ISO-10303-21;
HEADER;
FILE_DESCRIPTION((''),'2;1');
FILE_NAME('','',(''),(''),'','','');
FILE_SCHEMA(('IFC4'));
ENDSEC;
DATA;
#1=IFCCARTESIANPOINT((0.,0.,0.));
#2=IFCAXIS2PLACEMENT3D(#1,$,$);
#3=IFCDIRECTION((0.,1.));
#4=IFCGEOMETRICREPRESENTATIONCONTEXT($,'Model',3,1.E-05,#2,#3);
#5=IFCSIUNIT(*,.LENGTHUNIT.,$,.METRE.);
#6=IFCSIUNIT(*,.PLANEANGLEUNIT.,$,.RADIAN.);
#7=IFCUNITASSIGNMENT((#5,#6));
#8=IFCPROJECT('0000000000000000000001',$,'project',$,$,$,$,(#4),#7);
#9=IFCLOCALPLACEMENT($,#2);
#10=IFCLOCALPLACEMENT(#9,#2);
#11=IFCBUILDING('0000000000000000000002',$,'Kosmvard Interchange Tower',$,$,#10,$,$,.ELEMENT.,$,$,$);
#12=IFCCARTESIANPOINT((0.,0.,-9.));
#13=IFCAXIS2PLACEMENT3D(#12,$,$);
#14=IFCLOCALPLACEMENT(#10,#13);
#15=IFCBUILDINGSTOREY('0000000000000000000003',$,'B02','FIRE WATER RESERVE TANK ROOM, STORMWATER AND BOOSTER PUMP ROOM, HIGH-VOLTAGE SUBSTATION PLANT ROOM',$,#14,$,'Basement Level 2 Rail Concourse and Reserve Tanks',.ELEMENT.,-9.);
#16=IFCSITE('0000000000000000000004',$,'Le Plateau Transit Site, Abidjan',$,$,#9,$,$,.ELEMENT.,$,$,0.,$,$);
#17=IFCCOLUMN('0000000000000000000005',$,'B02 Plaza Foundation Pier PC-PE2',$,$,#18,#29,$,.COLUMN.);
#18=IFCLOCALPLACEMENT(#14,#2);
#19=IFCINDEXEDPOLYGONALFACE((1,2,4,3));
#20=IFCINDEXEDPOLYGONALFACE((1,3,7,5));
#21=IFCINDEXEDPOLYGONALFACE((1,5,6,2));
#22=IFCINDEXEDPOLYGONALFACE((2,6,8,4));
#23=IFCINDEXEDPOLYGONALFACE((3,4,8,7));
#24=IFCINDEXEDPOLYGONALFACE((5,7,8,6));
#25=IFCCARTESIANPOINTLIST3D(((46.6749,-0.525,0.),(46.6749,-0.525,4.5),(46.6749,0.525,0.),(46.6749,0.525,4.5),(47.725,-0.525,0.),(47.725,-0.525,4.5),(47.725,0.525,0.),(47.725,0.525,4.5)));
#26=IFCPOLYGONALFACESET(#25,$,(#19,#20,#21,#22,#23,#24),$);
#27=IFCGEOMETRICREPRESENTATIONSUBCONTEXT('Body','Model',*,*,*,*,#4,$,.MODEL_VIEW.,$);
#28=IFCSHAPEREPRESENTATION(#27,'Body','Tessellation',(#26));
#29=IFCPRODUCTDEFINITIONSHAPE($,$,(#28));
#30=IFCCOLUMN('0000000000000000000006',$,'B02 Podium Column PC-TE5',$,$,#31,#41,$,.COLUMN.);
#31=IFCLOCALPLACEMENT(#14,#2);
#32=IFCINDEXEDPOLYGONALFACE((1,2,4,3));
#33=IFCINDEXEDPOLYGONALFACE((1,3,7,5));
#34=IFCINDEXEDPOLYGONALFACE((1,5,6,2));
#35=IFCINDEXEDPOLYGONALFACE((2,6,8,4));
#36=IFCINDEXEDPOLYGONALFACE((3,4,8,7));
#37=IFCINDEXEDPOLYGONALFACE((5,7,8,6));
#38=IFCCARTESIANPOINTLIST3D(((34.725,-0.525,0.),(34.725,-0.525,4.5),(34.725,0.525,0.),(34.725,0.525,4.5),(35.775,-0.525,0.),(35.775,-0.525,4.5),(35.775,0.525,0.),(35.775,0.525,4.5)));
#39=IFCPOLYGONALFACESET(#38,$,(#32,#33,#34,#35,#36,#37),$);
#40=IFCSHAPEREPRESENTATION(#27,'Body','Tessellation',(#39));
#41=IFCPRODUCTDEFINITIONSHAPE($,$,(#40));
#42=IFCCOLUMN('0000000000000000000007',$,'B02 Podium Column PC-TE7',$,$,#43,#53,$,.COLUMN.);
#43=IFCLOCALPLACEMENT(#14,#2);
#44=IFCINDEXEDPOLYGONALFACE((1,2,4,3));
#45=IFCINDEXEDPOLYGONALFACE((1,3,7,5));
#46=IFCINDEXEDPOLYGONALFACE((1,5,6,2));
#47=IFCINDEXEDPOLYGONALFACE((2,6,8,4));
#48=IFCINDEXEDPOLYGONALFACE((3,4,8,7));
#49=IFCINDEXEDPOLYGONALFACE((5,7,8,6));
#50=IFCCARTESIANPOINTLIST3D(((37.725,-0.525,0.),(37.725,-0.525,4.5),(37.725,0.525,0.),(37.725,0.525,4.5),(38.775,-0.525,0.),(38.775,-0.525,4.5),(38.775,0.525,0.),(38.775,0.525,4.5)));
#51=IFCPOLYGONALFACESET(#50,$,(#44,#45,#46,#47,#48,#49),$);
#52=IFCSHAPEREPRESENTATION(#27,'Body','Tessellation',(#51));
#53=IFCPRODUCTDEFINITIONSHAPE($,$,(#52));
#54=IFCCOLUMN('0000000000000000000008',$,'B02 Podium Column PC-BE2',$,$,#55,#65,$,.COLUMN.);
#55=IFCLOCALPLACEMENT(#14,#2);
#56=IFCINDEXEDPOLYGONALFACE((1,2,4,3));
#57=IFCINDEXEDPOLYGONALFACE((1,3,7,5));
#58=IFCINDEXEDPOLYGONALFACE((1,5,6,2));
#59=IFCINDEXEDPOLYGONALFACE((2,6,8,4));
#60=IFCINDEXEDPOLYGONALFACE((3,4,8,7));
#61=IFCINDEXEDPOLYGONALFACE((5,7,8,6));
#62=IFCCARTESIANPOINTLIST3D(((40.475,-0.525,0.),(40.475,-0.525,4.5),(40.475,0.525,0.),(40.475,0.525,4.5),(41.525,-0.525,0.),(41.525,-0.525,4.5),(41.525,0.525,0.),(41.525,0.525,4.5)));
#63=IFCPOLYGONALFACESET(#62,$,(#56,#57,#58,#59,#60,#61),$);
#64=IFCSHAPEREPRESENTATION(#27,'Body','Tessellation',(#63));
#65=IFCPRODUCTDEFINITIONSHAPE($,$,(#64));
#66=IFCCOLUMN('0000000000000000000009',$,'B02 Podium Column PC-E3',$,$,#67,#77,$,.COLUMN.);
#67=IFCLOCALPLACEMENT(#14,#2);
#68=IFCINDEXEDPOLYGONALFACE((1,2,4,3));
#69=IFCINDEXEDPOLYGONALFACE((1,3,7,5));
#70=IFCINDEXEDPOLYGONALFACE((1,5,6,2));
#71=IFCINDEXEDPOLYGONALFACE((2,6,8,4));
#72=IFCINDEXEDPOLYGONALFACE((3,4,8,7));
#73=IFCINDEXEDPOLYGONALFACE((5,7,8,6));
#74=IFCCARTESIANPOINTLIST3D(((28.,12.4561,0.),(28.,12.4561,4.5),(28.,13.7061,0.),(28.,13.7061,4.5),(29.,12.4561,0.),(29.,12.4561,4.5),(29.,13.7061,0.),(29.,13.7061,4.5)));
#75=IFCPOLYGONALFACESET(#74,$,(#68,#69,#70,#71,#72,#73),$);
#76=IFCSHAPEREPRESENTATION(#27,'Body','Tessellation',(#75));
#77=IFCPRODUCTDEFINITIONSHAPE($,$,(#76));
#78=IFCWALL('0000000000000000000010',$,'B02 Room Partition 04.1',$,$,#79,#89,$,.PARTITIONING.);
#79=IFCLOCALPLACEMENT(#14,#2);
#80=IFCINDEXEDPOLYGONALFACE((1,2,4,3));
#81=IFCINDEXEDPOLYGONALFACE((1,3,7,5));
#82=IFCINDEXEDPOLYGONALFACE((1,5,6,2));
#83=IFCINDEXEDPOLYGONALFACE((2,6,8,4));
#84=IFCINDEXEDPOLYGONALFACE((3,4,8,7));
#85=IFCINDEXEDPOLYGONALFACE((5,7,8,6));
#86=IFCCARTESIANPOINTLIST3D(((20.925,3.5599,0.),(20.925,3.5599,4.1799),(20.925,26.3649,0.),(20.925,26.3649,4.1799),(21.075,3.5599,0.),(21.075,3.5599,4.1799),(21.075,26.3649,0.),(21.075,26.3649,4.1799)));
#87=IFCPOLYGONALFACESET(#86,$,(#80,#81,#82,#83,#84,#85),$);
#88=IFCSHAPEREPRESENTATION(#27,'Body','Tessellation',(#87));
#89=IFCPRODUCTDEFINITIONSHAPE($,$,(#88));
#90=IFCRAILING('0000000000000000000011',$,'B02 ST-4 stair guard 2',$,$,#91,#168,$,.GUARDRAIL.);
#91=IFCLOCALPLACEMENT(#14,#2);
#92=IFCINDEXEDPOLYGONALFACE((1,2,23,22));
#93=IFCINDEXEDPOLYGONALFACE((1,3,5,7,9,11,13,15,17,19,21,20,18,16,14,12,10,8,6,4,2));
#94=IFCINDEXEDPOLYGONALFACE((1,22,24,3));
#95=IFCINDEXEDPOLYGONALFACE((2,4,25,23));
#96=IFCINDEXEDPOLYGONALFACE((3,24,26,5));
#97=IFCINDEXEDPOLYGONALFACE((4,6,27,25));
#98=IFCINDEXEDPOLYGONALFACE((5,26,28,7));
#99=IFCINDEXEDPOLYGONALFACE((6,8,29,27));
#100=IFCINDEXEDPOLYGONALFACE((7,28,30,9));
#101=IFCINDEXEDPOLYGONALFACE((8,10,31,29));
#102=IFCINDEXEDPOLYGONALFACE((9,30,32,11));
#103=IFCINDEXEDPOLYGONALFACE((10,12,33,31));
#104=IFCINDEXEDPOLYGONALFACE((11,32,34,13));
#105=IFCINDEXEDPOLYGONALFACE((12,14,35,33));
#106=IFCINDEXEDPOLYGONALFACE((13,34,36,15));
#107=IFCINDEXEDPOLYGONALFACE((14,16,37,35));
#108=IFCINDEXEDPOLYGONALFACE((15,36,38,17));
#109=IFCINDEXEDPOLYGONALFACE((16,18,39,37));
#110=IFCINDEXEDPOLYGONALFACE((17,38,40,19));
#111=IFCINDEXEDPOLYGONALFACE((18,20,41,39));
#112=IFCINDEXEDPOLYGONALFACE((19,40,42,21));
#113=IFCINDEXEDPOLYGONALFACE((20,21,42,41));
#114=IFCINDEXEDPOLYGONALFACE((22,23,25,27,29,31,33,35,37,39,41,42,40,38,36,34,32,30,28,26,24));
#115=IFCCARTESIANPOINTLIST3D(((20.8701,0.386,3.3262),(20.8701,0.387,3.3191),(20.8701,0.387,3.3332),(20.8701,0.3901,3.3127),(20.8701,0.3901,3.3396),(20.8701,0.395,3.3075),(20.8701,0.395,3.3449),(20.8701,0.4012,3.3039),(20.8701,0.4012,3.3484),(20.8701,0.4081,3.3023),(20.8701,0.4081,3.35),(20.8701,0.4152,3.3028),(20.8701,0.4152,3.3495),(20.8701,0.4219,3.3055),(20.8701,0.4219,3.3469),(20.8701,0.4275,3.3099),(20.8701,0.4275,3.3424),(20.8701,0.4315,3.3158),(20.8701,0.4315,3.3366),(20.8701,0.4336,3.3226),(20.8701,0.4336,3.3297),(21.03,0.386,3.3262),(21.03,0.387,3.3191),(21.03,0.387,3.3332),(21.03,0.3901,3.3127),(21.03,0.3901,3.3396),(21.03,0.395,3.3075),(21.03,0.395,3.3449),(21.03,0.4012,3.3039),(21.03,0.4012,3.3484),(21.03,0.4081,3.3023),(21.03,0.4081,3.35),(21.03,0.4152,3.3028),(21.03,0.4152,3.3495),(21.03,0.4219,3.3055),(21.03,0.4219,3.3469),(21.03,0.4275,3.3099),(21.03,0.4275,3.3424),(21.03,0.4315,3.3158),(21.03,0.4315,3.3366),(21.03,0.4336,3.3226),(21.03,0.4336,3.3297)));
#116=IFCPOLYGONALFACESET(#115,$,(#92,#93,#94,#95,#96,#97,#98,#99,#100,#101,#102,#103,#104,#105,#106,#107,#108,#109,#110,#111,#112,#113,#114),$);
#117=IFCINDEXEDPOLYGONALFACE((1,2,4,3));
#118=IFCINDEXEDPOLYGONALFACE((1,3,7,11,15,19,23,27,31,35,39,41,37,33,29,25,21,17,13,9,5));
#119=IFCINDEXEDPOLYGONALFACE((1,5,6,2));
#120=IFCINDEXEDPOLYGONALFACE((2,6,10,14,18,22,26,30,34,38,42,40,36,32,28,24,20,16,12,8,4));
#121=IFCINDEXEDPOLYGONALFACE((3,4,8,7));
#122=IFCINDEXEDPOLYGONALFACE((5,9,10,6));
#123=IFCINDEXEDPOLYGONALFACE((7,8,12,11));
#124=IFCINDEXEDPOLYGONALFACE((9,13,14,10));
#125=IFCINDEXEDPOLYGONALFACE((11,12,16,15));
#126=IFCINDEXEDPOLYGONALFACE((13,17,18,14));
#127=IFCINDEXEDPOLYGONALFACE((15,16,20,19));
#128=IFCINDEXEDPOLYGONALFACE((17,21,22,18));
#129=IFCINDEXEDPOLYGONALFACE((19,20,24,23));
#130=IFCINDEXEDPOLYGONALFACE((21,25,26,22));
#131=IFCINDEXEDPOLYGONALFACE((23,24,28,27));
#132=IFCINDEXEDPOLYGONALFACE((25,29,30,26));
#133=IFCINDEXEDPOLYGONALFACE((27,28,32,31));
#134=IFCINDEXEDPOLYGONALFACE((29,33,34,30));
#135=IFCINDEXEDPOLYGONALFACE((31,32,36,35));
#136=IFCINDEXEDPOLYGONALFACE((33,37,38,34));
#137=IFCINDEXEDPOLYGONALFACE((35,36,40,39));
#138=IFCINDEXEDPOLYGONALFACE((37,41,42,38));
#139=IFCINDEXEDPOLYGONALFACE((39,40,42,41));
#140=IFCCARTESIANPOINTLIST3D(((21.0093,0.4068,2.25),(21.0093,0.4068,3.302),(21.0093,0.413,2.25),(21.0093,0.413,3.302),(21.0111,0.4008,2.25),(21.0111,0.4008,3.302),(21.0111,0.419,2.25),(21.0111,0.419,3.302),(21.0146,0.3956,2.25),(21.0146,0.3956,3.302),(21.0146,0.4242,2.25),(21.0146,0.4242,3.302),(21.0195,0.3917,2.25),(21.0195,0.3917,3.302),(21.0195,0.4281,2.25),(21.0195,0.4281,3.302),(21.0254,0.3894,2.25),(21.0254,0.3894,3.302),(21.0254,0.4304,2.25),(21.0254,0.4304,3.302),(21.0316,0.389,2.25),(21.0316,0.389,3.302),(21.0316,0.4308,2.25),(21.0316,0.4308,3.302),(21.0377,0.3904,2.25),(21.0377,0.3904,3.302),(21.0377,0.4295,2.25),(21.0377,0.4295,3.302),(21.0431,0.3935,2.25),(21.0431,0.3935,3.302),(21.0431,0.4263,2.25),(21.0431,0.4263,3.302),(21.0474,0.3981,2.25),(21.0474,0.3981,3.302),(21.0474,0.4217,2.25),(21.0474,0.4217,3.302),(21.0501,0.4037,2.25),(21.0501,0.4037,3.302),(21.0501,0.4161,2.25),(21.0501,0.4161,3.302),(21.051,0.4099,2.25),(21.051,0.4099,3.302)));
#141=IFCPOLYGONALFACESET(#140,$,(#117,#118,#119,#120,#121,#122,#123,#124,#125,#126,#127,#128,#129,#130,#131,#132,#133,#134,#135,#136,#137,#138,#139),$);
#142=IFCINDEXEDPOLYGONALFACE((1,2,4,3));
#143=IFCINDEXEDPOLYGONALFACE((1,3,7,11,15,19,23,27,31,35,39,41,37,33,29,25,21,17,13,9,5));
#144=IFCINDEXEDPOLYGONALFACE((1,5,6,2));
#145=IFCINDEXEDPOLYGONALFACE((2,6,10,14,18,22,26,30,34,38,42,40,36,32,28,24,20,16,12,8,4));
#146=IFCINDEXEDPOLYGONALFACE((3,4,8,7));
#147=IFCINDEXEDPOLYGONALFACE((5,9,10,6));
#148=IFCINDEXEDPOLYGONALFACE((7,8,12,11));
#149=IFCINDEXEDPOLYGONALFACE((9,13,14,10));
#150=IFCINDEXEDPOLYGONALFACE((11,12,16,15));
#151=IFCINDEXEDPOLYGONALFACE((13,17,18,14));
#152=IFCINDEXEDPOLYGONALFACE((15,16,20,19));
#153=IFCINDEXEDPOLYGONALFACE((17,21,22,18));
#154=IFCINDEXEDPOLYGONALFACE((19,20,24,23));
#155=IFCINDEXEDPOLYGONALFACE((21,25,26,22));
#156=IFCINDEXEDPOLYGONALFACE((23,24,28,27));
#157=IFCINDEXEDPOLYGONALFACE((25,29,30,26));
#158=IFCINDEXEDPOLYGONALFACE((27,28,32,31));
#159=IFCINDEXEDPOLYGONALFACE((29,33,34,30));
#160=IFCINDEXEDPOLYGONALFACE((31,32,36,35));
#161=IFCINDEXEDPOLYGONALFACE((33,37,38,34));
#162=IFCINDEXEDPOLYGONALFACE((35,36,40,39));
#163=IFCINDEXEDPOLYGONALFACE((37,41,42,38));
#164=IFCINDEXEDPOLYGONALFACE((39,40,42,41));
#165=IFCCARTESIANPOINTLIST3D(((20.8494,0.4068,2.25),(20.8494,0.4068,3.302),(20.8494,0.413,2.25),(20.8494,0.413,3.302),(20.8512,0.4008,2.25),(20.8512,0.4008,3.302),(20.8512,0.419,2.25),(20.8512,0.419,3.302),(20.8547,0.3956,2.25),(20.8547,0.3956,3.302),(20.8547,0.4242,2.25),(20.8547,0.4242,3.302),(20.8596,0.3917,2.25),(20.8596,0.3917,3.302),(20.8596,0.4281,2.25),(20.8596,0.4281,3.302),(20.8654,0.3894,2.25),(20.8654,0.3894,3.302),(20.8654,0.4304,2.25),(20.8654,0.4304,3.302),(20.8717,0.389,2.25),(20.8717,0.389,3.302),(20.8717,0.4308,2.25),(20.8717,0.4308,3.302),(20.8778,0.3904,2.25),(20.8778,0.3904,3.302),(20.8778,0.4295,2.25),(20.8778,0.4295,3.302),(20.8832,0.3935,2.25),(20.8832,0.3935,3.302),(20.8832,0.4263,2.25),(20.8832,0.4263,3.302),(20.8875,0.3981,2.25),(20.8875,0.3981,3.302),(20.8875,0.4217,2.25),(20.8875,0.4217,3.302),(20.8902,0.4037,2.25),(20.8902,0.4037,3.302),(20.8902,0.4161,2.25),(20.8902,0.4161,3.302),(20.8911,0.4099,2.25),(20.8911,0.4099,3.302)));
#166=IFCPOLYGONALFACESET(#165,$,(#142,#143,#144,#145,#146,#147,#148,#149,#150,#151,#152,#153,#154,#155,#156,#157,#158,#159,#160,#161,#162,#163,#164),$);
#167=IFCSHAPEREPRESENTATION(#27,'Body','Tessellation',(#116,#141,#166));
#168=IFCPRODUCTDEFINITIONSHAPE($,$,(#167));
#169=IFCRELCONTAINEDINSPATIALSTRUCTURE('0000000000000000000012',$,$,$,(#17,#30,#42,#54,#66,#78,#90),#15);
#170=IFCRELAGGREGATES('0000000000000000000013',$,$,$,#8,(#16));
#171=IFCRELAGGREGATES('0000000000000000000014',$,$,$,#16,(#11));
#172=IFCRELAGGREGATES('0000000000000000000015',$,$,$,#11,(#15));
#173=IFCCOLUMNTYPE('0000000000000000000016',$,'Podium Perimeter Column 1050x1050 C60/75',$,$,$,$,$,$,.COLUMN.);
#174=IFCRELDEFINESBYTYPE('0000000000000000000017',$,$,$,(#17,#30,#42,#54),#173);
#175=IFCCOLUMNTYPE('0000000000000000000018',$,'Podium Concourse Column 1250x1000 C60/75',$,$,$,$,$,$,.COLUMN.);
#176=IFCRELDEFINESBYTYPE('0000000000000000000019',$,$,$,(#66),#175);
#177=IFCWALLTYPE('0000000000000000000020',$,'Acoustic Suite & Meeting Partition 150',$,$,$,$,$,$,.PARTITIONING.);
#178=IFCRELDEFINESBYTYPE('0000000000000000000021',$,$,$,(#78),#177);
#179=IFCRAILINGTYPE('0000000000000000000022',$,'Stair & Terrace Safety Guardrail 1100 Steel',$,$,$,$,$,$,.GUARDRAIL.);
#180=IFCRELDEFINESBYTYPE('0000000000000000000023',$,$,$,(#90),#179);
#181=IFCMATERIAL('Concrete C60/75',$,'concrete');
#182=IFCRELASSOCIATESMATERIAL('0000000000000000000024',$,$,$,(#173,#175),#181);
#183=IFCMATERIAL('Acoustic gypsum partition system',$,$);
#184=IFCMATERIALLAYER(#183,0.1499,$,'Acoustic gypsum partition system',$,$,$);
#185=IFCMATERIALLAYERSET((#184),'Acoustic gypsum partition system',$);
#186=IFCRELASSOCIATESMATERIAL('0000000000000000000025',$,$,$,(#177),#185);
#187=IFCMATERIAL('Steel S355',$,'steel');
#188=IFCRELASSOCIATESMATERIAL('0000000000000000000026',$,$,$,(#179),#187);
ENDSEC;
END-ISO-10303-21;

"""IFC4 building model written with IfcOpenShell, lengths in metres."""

from ifc_helpers import new_model, si_unit, direction, frame, frame_2d, origin, origin_2d, place, context, subcontext, project, spatial, rectangle, circle, extrude, source, transform, mapped, material, layer, layer_set, material_profile, profile_set, type_object, element, save


model = new_model("IFC4")

# Units and contexts
model_context = context("Model", 3, precision=1e-05, world=origin(), true_north=direction((0.0, 1.0)))
body_context = subcontext(model_context, "Body", "Model", "MODEL_VIEW")
ifc_project = project(units=[si_unit("LENGTHUNIT", "METRE"), si_unit("PLANEANGLEUNIT", "RADIAN")], contexts=[model_context])

# Site, building, storey
site_placement = place(None, origin())
site = spatial("IfcSite", under=ifc_project, at=site_placement, Name="Le Plateau Transit Site, Abidjan", CompositionType="ELEMENT", RefElevation=0.0)
building_placement = place(site_placement, origin())
building = spatial("IfcBuilding", under=site, at=building_placement, Name="Kosmvard Interchange Tower", CompositionType="ELEMENT")
storey_placement = place(building_placement, frame((0.0, 0.0, -9.0)))
storey = spatial("IfcBuildingStorey", under=building, at=storey_placement, Name="B02", Description="FIRE WATER RESERVE TANK ROOM, STORMWATER AND BOOSTER PUMP ROOM, HIGH-VOLTAGE SUBSTATION PLANT ROOM", LongName="Basement Level 2 Rail Concourse and Reserve Tanks", CompositionType="ELEMENT", Elevation=-9.0)

# Columns
ifc_material_1 = material(Name="Concrete C60/75", Category="concrete")
ifc_material_profile_1 = material_profile(ifc_material_1, rectangle(XDim=1.05, YDim=1.05, at=origin_2d()), Name="PC 1050x1050")
ifc_profile_set_1 = profile_set([ifc_material_profile_1], Name="Concrete C60/75")
column_type_1 = type_object("IfcColumnType", Name="Podium Perimeter Column 1050x1050 C60/75", PredefinedType="COLUMN", material=ifc_profile_set_1)
shared_shape_1 = source(origin(), body_context, "Body", "SweptSolid", [
    extrude(rectangle(XDim=1.05, YDim=1.05, at=origin_2d()), origin(), (0.0, 0.0, 1.0), 4.5),
])
for number, where, z_axis, x_axis, name in (
    (1, (47.2, 0.0, 0.0), (0.0, 0.0, 1.0), (1.0, 0.0, 0.0), "B02 Plaza Foundation Pier PC-PE2"),
    (2, (35.25, 0.0, 0.0), (0.0, 0.0, 1.0), (1.0, 0.0, 0.0), "B02 Podium Column PC-TE5"),
    (3, (38.25, 0.0, 0.0), (0.0, 0.0, 1.0), (1.0, 0.0, 0.0), "B02 Podium Column PC-TE7"),
    (4, (41.0, 0.0, 0.0), (0.0, 0.0, 1.0), (1.0, 0.0, 0.0), "B02 Podium Column PC-BE2"),
):
    element("IfcColumn", number, at=place(storey_placement, frame(where, z_axis=z_axis, x_axis=x_axis)), inside=storey, type_object=column_type_1, Name=name, PredefinedType="COLUMN", context=body_context, shape_type="MappedRepresentation", body=[
        mapped(shared_shape_1, transform((0.0, 0.0, 0.0), scale=1.0)),
    ])
ifc_material_profile_2 = material_profile(ifc_material_1, rectangle(XDim=1.0, YDim=1.25, at=origin_2d()), Name="PC 1250x1000")
ifc_profile_set_2 = profile_set([ifc_material_profile_2], Name="Concrete C60/75")
column_type_2 = type_object("IfcColumnType", Name="Podium Concourse Column 1250x1000 C60/75", PredefinedType="COLUMN", material=ifc_profile_set_2)
shared_shape_2 = source(origin(), body_context, "Body", "SweptSolid", [
    extrude(rectangle(XDim=1.0, YDim=1.25, at=origin_2d()), origin(), (0.0, 0.0, 1.0), 4.5),
])
column_placement = place(storey_placement, frame((28.5, 13.0811, 0.0), z_axis=(0.0, 0.0, 1.0), x_axis=(1.0, 0.0, 0.0)))
element("IfcColumn", 5, at=column_placement, inside=storey, type_object=column_type_2, Name="B02 Podium Column PC-E3", PredefinedType="COLUMN", context=body_context, shape_type="MappedRepresentation", body=[
    mapped(shared_shape_2, transform((0.0, 0.0, 0.0), scale=1.0)),
])

# Wall
ifc_material_2 = material(Name="Acoustic gypsum partition system")
ifc_layer = layer(ifc_material_2, 0.1499, Name="Acoustic gypsum partition system")
ifc_layer_set = layer_set([ifc_layer], Name="Acoustic gypsum partition system")
wall_type = type_object("IfcWallType", Name="Acoustic Suite & Meeting Partition 150", PredefinedType="PARTITIONING", material=ifc_layer_set)
wall_placement = place(storey_placement, frame((21.0, 3.5601, 0.0), z_axis=(0.0, 0.0, 1.0), x_axis=(0.0, 1.0, 0.0)))
element("IfcWall", 6, at=wall_placement, inside=storey, type_object=wall_type, Name="B02 Room Partition 04.1", PredefinedType="PARTITIONING", context=body_context, shape_type="SweptSolid", body=[
    extrude(rectangle(XDim=22.8049, YDim=0.1499, at=frame_2d((11.4023, 0.0))), origin(), (0.0, 0.0, 1.0), 4.1799),
])

# Railing
ifc_material_3 = material(Name="Steel S355", Category="steel")
railing_type = type_object("IfcRailingType", Name="Stair & Terrace Safety Guardrail 1100 Steel", PredefinedType="GUARDRAIL", material=ifc_material_3)
shared_shape_3 = source(origin(), body_context, "Body", "SweptSolid", [
    extrude(circle(Radius=0.0239, at=origin_2d()), frame((0.0, 0.0, 1.0762), z_axis=(-1.0, 0.0, 0.0), x_axis=(0.0, -1.0, 0.0)), (0.0, 0.0, 1.0), 0.1599),
    extrude(circle(Radius=0.021, at=origin_2d()), origin(), (0.0, 0.0, 1.0), 1.052),
    extrude(circle(Radius=0.021, at=origin_2d()), frame((-0.1599, 0.0, 0.0)), (0.0, 0.0, 1.0), 1.052),
])
railing_placement = place(storey_placement, frame((21.03, 0.4099, 2.25)))
element("IfcRailing", 7, at=railing_placement, inside=storey, type_object=railing_type, Name="B02 ST-4 stair guard 2", PredefinedType="GUARDRAIL", context=body_context, shape_type="MappedRepresentation", body=[
    mapped(shared_shape_3, transform((0.0, 0.0, 0.0), scale=1.0)),
])

save(model, "model.ifc")
